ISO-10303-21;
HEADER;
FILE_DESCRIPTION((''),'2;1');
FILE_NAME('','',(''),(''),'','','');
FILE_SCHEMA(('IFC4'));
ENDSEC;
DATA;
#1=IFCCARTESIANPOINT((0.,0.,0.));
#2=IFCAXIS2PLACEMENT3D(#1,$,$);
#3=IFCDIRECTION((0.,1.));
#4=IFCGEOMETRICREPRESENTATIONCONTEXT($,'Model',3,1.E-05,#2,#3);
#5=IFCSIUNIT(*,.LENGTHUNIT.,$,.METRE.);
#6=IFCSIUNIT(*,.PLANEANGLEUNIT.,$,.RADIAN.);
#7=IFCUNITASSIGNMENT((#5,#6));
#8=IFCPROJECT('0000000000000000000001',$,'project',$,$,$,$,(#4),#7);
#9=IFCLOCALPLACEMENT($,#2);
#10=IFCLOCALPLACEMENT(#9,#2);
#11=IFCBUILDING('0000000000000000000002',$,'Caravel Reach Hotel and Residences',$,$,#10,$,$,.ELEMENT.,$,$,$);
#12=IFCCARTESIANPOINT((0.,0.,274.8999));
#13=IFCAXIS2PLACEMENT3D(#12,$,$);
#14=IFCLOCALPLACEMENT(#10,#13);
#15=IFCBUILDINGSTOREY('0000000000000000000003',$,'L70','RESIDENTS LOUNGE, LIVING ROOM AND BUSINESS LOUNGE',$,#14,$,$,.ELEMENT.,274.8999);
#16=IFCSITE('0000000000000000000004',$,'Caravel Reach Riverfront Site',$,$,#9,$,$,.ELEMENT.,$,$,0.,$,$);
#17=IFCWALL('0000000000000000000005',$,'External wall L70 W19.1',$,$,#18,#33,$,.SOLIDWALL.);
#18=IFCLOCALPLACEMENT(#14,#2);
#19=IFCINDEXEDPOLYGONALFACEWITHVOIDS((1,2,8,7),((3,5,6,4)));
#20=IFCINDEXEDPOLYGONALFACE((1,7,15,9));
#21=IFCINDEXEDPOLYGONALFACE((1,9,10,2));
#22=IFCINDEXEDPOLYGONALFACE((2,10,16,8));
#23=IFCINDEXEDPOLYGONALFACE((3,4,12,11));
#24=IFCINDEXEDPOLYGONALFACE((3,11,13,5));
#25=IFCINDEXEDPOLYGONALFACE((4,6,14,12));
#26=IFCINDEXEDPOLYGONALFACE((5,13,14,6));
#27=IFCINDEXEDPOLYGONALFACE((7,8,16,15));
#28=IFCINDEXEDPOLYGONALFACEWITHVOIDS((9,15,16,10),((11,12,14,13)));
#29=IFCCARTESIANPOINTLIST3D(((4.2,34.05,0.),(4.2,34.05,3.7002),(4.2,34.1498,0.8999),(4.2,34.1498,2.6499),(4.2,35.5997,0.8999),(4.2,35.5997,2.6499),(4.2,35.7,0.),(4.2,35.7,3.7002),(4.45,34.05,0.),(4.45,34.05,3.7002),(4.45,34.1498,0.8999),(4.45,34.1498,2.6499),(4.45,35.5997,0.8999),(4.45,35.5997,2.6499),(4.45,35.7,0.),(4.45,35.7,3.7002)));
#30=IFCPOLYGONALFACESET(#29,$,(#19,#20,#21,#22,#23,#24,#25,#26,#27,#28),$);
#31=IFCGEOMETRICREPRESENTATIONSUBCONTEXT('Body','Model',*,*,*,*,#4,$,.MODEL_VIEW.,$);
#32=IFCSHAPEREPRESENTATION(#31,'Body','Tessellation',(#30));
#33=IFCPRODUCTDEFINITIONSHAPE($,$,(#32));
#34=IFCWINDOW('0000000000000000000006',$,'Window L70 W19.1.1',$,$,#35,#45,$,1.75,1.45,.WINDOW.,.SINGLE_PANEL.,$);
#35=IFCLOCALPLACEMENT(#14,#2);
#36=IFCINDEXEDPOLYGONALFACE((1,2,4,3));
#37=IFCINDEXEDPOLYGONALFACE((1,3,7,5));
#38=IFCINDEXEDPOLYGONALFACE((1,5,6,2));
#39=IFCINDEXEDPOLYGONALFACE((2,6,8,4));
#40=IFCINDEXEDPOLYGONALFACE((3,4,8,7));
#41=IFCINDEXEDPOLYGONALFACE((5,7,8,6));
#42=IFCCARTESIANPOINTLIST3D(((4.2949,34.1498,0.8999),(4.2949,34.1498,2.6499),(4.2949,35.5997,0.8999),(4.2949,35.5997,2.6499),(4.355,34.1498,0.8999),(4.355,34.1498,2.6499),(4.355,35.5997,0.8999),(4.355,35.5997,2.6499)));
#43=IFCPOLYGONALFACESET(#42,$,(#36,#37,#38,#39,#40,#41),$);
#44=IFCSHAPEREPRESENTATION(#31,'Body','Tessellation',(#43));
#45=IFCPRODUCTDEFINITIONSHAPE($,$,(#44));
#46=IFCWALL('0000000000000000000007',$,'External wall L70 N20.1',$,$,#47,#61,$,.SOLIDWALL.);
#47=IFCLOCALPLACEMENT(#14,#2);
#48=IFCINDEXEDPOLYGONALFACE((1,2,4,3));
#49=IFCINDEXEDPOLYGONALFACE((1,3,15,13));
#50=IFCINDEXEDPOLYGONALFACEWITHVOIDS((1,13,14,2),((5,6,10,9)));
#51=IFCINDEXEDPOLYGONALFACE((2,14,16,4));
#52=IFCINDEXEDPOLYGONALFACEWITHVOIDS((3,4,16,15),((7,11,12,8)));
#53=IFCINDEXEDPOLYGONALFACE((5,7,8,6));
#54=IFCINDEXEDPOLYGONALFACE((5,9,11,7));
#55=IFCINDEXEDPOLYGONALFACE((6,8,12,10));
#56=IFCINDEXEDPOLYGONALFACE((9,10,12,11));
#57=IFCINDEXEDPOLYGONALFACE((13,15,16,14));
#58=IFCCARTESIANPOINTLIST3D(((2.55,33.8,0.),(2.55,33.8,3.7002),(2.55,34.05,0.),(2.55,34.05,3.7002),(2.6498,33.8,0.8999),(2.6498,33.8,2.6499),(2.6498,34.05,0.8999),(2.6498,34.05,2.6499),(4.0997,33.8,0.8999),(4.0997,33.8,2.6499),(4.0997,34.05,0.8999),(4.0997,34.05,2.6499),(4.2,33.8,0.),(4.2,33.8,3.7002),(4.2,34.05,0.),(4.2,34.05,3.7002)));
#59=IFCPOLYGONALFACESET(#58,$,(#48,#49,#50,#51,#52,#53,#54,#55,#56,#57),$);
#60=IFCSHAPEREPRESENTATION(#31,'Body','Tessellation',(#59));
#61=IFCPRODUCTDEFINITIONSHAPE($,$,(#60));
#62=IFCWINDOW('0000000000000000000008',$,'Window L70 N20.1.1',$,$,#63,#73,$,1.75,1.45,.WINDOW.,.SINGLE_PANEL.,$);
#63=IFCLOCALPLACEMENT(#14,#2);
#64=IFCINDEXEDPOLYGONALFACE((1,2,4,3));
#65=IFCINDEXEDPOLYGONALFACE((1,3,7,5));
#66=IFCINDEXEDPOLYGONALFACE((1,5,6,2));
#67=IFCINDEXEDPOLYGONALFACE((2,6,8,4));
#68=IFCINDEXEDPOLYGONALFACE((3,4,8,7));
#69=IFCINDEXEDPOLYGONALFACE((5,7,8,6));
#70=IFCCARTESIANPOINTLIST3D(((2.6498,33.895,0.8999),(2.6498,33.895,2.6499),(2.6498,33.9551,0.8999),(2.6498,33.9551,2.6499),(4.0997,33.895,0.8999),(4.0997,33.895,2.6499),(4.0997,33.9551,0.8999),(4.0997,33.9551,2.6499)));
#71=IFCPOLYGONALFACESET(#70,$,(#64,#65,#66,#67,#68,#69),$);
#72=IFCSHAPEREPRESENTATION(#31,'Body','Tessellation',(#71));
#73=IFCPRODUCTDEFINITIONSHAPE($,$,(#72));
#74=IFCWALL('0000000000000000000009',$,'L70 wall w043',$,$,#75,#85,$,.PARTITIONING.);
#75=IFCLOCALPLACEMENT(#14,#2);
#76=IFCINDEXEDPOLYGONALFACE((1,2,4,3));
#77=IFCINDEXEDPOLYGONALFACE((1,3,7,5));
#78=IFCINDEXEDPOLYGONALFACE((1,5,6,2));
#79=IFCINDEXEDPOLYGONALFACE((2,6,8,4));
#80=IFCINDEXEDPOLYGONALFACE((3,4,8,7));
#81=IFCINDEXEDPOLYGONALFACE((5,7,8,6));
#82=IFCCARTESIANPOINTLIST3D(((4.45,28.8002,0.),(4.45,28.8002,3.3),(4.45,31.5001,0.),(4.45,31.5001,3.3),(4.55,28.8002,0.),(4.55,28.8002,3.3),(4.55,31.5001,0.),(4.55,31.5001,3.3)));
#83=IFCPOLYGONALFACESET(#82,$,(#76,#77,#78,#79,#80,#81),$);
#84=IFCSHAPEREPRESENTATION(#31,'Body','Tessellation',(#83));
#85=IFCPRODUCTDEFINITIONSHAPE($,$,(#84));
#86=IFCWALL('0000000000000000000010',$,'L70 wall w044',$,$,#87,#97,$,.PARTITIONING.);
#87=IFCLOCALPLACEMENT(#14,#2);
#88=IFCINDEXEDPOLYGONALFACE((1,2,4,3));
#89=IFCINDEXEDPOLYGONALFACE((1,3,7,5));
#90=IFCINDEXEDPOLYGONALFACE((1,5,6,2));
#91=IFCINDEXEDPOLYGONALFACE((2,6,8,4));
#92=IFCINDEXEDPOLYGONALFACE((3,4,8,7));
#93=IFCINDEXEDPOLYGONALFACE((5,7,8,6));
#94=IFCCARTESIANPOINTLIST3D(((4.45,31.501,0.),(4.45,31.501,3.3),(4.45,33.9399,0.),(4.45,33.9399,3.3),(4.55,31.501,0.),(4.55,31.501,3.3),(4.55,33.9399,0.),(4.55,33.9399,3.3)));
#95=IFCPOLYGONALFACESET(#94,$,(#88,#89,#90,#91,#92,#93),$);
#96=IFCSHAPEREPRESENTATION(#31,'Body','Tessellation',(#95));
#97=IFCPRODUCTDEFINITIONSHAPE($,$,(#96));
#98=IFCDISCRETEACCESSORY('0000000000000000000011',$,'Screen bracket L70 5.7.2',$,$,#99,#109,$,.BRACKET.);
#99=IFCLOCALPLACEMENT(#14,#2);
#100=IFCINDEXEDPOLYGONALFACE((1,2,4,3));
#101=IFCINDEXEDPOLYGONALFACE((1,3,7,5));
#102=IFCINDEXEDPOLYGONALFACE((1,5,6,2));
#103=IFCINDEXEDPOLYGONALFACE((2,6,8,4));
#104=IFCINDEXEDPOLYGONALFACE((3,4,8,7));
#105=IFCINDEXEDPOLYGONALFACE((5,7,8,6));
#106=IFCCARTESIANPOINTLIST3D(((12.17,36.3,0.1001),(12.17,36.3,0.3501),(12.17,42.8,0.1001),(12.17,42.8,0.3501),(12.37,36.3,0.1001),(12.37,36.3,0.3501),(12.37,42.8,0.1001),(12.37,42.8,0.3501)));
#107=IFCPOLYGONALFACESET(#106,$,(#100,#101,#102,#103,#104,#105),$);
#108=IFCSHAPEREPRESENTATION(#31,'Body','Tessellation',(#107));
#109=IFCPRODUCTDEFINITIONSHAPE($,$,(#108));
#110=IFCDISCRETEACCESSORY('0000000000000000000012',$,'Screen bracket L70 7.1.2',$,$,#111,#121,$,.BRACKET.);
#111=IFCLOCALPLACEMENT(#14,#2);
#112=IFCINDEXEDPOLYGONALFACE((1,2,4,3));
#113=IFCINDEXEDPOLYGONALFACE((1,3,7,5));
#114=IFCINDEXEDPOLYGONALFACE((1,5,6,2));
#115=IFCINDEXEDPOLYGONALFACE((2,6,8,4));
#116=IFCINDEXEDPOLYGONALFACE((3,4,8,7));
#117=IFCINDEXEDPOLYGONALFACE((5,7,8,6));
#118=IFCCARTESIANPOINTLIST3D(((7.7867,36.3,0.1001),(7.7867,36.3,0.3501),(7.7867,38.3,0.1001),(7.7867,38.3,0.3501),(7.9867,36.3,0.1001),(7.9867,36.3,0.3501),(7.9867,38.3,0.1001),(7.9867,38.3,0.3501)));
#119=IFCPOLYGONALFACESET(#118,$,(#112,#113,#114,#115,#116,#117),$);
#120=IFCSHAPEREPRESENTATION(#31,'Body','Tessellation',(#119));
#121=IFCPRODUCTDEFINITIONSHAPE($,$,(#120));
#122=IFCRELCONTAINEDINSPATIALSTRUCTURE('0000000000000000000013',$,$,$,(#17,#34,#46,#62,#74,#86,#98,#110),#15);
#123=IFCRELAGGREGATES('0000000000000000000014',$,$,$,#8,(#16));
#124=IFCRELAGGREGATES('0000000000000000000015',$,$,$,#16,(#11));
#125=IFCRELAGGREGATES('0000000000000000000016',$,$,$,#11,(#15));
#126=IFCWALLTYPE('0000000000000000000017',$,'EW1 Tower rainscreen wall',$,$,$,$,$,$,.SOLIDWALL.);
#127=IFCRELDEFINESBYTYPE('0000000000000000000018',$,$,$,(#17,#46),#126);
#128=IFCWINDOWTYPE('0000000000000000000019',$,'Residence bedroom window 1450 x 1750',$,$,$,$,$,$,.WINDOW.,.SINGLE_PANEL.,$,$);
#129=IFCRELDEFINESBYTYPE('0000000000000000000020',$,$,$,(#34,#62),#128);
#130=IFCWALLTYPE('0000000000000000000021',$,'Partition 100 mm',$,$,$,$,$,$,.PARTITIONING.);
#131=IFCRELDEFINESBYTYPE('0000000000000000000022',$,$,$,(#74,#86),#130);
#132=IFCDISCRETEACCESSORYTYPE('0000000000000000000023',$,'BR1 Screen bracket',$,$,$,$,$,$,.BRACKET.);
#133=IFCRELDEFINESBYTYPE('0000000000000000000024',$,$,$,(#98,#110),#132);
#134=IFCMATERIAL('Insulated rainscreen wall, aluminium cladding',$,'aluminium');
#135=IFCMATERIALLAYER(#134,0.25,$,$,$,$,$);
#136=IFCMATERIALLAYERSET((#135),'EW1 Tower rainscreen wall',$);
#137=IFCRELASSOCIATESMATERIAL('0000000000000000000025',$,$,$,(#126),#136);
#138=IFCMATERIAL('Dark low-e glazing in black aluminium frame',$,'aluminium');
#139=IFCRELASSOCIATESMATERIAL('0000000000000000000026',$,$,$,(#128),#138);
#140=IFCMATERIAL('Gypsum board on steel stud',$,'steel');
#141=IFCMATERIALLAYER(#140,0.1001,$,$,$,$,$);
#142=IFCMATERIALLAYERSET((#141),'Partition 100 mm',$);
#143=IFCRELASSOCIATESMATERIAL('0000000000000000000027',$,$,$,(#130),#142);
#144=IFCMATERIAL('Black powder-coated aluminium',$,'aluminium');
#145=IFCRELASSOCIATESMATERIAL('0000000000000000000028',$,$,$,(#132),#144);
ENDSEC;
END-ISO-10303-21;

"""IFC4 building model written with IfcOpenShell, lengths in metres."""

from ifc_helpers import new_model, si_unit, direction, frame, frame_2d, origin, origin_2d, place, context, subcontext, project, spatial, rectangle, extrude, material, layer, layer_set, type_object, element, fill, save


model = new_model("IFC4")

# Units and contexts
model_context = context("Model", 3, precision=1e-05, world=origin(), true_north=direction((0.0, 1.0)))
body_context = subcontext(model_context, "Body", "Model", "MODEL_VIEW")
ifc_project = project(units=[si_unit("LENGTHUNIT", "METRE"), si_unit("PLANEANGLEUNIT", "RADIAN")], contexts=[model_context])

# Site, building, storey
site_placement = place(None, origin())
site = spatial("IfcSite", under=ifc_project, at=site_placement, Name="Caravel Reach Riverfront Site", CompositionType="ELEMENT", RefElevation=0.0)
building_placement = place(site_placement, origin())
building = spatial("IfcBuilding", under=site, at=building_placement, Name="Caravel Reach Hotel and Residences", CompositionType="ELEMENT")
storey_placement = place(building_placement, frame((0.0, 0.0, 274.8999)))
storey = spatial("IfcBuildingStorey", under=building, at=storey_placement, Name="L70", Description="RESIDENTS LOUNGE, LIVING ROOM AND BUSINESS LOUNGE", CompositionType="ELEMENT", Elevation=274.8999)

# Shared definitions
ifc_material_1 = material(Name="Insulated rainscreen wall, aluminium cladding", Category="aluminium")
ifc_layer_1 = layer(ifc_material_1, 0.25)
ifc_layer_set_1 = layer_set([ifc_layer_1], Name="EW1 Tower rainscreen wall")
wall_type_1 = type_object("IfcWallType", Name="EW1 Tower rainscreen wall", PredefinedType="SOLIDWALL", material=ifc_layer_set_1)

# Walls, openings, windows
wall_1_placement = place(storey_placement, frame((4.325, 35.7, 0.0), z_axis=(0.0, 0.0, 1.0), x_axis=(0.0, -1.0, 0.0)))
wall_1 = element("IfcWall", 1, at=wall_1_placement, inside=storey, type_object=wall_type_1, Name="External wall L70 W19.1", PredefinedType="SOLIDWALL", context=body_context, shape_type="SweptSolid", body=[
    extrude(rectangle(XDim=1.6499, YDim=0.25, at=frame_2d((0.825, 0.0))), origin(), (0.0, 0.0, 1.0), 3.7002),
])
opening_1_placement = place(wall_1_placement, frame((0.1001, 0.0, 0.8999)))
opening_1 = element("IfcOpeningElement", 2, at=opening_1_placement, cuts=wall_1, PredefinedType="OPENING", context=body_context, shape_type="SweptSolid", body=[
    extrude(rectangle(XDim=1.45, YDim=1.75, at=frame_2d((0.7251, 0.875))), frame((0.0, 0.135, 0.0), z_axis=(0.0, -1.0, 0.0), x_axis=(1.0, 0.0, 0.0)), (0.0, 0.0, 1.0), 0.27),
])
ifc_material_2 = material(Name="Dark low-e glazing in black aluminium frame", Category="aluminium")
window_type_1 = type_object("IfcWindowType", Name="Residence bedroom window 1450 x 1750", PartitioningType="SINGLE_PANEL", PredefinedType="WINDOW", material=ifc_material_2)
window_1_placement = place(opening_1_placement, origin())
window_1 = element("IfcWindow", 3, at=window_1_placement, inside=storey, type_object=window_type_1, Name="Window L70 W19.1.1", OverallHeight=1.75, OverallWidth=1.45, PartitioningType="SINGLE_PANEL", PredefinedType="WINDOW", context=body_context, shape_type="SweptSolid", body=[
    extrude(rectangle(XDim=1.45, YDim=1.75, at=frame_2d((0.7251, 0.875))), frame((0.0, 0.03, 0.0), z_axis=(0.0, -1.0, 0.0), x_axis=(1.0, 0.0, 0.0)), (0.0, 0.0, 1.0), 0.0601),
])
fill(opening_1, window_1)
wall_2_placement = place(storey_placement, frame((4.2, 33.925, 0.0), z_axis=(0.0, 0.0, 1.0), x_axis=(-1.0, 0.0, 0.0)))
wall_2 = element("IfcWall", 4, at=wall_2_placement, inside=storey, type_object=wall_type_1, Name="External wall L70 N20.1", PredefinedType="SOLIDWALL", context=body_context, shape_type="SweptSolid", body=[
    extrude(rectangle(XDim=1.6499, YDim=0.25, at=frame_2d((0.825, 0.0))), origin(), (0.0, 0.0, 1.0), 3.7002),
])
opening_2_placement = place(wall_2_placement, frame((0.1001, 0.0, 0.8999)))
opening_2 = element("IfcOpeningElement", 5, at=opening_2_placement, cuts=wall_2, PredefinedType="OPENING", context=body_context, shape_type="SweptSolid", body=[
    extrude(rectangle(XDim=1.45, YDim=1.75, at=frame_2d((0.7251, 0.875))), frame((0.0, 0.135, 0.0), z_axis=(0.0, -1.0, 0.0), x_axis=(1.0, 0.0, 0.0)), (0.0, 0.0, 1.0), 0.27),
])
window_2_placement = place(opening_2_placement, origin())
window_2 = element("IfcWindow", 6, at=window_2_placement, inside=storey, type_object=window_type_1, Name="Window L70 N20.1.1", OverallHeight=1.75, OverallWidth=1.45, PartitioningType="SINGLE_PANEL", PredefinedType="WINDOW", context=body_context, shape_type="SweptSolid", body=[
    extrude(rectangle(XDim=1.45, YDim=1.75, at=frame_2d((0.7251, 0.875))), frame((0.0, 0.03, 0.0), z_axis=(0.0, -1.0, 0.0), x_axis=(1.0, 0.0, 0.0)), (0.0, 0.0, 1.0), 0.0601),
])
fill(opening_2, window_2)

# Walls
ifc_material_3 = material(Name="Gypsum board on steel stud", Category="steel")
ifc_layer_2 = layer(ifc_material_3, 0.1001)
ifc_layer_set_2 = layer_set([ifc_layer_2], Name="Partition 100 mm")
wall_type_2 = type_object("IfcWallType", Name="Partition 100 mm", PredefinedType="PARTITIONING", material=ifc_layer_set_2)
wall_3_placement = place(storey_placement, frame((4.5, 28.8, 0.0), z_axis=(0.0, 0.0, 1.0), x_axis=(0.0, 1.0, 0.0)))
element("IfcWall", 7, at=wall_3_placement, inside=storey, type_object=wall_type_2, Name="L70 wall w043", PredefinedType="PARTITIONING", context=body_context, shape_type="SweptSolid", body=[
    extrude(rectangle(XDim=2.7, YDim=0.1001, at=frame_2d((1.3501, 0.0))), origin(), (0.0, 0.0, 1.0), 3.3),
])
wall_4_placement = place(storey_placement, frame((4.5, 31.501, 0.0), z_axis=(0.0, 0.0, 1.0), x_axis=(0.0, 1.0, 0.0)))
element("IfcWall", 8, at=wall_4_placement, inside=storey, type_object=wall_type_2, Name="L70 wall w044", PredefinedType="PARTITIONING", context=body_context, shape_type="SweptSolid", body=[
    extrude(rectangle(XDim=2.439, YDim=0.1001, at=frame_2d((1.2195, 0.0))), origin(), (0.0, 0.0, 1.0), 3.3),
])

# Discrete accessories
ifc_material_4 = material(Name="Black powder-coated aluminium", Category="aluminium")
discrete_accessory_type = type_object("IfcDiscreteAccessoryType", Name="BR1 Screen bracket", PredefinedType="BRACKET", material=ifc_material_4)
discrete_accessory_1_placement = place(storey_placement, frame((12.27, 39.55, 0.1001), z_axis=(0.0, 0.0, 1.0), x_axis=(0.0, 1.0, 0.0)))
element("IfcDiscreteAccessory", 9, at=discrete_accessory_1_placement, inside=storey, type_object=discrete_accessory_type, Name="Screen bracket L70 5.7.2", PredefinedType="BRACKET", context=body_context, shape_type="SweptSolid", body=[
    extrude(rectangle(XDim=6.5, YDim=0.2, at=origin_2d()), origin(), (0.0, 0.0, 1.0), 0.25),
])
discrete_accessory_2_placement = place(storey_placement, frame((7.8867, 37.3, 0.1001), z_axis=(0.0, 0.0, 1.0), x_axis=(0.0, 1.0, 0.0)))
element("IfcDiscreteAccessory", 10, at=discrete_accessory_2_placement, inside=storey, type_object=discrete_accessory_type, Name="Screen bracket L70 7.1.2", PredefinedType="BRACKET", context=body_context, shape_type="SweptSolid", body=[
    extrude(rectangle(XDim=2.0, YDim=0.2, at=origin_2d()), origin(), (0.0, 0.0, 1.0), 0.25),
])

save(model, "model.ifc")
